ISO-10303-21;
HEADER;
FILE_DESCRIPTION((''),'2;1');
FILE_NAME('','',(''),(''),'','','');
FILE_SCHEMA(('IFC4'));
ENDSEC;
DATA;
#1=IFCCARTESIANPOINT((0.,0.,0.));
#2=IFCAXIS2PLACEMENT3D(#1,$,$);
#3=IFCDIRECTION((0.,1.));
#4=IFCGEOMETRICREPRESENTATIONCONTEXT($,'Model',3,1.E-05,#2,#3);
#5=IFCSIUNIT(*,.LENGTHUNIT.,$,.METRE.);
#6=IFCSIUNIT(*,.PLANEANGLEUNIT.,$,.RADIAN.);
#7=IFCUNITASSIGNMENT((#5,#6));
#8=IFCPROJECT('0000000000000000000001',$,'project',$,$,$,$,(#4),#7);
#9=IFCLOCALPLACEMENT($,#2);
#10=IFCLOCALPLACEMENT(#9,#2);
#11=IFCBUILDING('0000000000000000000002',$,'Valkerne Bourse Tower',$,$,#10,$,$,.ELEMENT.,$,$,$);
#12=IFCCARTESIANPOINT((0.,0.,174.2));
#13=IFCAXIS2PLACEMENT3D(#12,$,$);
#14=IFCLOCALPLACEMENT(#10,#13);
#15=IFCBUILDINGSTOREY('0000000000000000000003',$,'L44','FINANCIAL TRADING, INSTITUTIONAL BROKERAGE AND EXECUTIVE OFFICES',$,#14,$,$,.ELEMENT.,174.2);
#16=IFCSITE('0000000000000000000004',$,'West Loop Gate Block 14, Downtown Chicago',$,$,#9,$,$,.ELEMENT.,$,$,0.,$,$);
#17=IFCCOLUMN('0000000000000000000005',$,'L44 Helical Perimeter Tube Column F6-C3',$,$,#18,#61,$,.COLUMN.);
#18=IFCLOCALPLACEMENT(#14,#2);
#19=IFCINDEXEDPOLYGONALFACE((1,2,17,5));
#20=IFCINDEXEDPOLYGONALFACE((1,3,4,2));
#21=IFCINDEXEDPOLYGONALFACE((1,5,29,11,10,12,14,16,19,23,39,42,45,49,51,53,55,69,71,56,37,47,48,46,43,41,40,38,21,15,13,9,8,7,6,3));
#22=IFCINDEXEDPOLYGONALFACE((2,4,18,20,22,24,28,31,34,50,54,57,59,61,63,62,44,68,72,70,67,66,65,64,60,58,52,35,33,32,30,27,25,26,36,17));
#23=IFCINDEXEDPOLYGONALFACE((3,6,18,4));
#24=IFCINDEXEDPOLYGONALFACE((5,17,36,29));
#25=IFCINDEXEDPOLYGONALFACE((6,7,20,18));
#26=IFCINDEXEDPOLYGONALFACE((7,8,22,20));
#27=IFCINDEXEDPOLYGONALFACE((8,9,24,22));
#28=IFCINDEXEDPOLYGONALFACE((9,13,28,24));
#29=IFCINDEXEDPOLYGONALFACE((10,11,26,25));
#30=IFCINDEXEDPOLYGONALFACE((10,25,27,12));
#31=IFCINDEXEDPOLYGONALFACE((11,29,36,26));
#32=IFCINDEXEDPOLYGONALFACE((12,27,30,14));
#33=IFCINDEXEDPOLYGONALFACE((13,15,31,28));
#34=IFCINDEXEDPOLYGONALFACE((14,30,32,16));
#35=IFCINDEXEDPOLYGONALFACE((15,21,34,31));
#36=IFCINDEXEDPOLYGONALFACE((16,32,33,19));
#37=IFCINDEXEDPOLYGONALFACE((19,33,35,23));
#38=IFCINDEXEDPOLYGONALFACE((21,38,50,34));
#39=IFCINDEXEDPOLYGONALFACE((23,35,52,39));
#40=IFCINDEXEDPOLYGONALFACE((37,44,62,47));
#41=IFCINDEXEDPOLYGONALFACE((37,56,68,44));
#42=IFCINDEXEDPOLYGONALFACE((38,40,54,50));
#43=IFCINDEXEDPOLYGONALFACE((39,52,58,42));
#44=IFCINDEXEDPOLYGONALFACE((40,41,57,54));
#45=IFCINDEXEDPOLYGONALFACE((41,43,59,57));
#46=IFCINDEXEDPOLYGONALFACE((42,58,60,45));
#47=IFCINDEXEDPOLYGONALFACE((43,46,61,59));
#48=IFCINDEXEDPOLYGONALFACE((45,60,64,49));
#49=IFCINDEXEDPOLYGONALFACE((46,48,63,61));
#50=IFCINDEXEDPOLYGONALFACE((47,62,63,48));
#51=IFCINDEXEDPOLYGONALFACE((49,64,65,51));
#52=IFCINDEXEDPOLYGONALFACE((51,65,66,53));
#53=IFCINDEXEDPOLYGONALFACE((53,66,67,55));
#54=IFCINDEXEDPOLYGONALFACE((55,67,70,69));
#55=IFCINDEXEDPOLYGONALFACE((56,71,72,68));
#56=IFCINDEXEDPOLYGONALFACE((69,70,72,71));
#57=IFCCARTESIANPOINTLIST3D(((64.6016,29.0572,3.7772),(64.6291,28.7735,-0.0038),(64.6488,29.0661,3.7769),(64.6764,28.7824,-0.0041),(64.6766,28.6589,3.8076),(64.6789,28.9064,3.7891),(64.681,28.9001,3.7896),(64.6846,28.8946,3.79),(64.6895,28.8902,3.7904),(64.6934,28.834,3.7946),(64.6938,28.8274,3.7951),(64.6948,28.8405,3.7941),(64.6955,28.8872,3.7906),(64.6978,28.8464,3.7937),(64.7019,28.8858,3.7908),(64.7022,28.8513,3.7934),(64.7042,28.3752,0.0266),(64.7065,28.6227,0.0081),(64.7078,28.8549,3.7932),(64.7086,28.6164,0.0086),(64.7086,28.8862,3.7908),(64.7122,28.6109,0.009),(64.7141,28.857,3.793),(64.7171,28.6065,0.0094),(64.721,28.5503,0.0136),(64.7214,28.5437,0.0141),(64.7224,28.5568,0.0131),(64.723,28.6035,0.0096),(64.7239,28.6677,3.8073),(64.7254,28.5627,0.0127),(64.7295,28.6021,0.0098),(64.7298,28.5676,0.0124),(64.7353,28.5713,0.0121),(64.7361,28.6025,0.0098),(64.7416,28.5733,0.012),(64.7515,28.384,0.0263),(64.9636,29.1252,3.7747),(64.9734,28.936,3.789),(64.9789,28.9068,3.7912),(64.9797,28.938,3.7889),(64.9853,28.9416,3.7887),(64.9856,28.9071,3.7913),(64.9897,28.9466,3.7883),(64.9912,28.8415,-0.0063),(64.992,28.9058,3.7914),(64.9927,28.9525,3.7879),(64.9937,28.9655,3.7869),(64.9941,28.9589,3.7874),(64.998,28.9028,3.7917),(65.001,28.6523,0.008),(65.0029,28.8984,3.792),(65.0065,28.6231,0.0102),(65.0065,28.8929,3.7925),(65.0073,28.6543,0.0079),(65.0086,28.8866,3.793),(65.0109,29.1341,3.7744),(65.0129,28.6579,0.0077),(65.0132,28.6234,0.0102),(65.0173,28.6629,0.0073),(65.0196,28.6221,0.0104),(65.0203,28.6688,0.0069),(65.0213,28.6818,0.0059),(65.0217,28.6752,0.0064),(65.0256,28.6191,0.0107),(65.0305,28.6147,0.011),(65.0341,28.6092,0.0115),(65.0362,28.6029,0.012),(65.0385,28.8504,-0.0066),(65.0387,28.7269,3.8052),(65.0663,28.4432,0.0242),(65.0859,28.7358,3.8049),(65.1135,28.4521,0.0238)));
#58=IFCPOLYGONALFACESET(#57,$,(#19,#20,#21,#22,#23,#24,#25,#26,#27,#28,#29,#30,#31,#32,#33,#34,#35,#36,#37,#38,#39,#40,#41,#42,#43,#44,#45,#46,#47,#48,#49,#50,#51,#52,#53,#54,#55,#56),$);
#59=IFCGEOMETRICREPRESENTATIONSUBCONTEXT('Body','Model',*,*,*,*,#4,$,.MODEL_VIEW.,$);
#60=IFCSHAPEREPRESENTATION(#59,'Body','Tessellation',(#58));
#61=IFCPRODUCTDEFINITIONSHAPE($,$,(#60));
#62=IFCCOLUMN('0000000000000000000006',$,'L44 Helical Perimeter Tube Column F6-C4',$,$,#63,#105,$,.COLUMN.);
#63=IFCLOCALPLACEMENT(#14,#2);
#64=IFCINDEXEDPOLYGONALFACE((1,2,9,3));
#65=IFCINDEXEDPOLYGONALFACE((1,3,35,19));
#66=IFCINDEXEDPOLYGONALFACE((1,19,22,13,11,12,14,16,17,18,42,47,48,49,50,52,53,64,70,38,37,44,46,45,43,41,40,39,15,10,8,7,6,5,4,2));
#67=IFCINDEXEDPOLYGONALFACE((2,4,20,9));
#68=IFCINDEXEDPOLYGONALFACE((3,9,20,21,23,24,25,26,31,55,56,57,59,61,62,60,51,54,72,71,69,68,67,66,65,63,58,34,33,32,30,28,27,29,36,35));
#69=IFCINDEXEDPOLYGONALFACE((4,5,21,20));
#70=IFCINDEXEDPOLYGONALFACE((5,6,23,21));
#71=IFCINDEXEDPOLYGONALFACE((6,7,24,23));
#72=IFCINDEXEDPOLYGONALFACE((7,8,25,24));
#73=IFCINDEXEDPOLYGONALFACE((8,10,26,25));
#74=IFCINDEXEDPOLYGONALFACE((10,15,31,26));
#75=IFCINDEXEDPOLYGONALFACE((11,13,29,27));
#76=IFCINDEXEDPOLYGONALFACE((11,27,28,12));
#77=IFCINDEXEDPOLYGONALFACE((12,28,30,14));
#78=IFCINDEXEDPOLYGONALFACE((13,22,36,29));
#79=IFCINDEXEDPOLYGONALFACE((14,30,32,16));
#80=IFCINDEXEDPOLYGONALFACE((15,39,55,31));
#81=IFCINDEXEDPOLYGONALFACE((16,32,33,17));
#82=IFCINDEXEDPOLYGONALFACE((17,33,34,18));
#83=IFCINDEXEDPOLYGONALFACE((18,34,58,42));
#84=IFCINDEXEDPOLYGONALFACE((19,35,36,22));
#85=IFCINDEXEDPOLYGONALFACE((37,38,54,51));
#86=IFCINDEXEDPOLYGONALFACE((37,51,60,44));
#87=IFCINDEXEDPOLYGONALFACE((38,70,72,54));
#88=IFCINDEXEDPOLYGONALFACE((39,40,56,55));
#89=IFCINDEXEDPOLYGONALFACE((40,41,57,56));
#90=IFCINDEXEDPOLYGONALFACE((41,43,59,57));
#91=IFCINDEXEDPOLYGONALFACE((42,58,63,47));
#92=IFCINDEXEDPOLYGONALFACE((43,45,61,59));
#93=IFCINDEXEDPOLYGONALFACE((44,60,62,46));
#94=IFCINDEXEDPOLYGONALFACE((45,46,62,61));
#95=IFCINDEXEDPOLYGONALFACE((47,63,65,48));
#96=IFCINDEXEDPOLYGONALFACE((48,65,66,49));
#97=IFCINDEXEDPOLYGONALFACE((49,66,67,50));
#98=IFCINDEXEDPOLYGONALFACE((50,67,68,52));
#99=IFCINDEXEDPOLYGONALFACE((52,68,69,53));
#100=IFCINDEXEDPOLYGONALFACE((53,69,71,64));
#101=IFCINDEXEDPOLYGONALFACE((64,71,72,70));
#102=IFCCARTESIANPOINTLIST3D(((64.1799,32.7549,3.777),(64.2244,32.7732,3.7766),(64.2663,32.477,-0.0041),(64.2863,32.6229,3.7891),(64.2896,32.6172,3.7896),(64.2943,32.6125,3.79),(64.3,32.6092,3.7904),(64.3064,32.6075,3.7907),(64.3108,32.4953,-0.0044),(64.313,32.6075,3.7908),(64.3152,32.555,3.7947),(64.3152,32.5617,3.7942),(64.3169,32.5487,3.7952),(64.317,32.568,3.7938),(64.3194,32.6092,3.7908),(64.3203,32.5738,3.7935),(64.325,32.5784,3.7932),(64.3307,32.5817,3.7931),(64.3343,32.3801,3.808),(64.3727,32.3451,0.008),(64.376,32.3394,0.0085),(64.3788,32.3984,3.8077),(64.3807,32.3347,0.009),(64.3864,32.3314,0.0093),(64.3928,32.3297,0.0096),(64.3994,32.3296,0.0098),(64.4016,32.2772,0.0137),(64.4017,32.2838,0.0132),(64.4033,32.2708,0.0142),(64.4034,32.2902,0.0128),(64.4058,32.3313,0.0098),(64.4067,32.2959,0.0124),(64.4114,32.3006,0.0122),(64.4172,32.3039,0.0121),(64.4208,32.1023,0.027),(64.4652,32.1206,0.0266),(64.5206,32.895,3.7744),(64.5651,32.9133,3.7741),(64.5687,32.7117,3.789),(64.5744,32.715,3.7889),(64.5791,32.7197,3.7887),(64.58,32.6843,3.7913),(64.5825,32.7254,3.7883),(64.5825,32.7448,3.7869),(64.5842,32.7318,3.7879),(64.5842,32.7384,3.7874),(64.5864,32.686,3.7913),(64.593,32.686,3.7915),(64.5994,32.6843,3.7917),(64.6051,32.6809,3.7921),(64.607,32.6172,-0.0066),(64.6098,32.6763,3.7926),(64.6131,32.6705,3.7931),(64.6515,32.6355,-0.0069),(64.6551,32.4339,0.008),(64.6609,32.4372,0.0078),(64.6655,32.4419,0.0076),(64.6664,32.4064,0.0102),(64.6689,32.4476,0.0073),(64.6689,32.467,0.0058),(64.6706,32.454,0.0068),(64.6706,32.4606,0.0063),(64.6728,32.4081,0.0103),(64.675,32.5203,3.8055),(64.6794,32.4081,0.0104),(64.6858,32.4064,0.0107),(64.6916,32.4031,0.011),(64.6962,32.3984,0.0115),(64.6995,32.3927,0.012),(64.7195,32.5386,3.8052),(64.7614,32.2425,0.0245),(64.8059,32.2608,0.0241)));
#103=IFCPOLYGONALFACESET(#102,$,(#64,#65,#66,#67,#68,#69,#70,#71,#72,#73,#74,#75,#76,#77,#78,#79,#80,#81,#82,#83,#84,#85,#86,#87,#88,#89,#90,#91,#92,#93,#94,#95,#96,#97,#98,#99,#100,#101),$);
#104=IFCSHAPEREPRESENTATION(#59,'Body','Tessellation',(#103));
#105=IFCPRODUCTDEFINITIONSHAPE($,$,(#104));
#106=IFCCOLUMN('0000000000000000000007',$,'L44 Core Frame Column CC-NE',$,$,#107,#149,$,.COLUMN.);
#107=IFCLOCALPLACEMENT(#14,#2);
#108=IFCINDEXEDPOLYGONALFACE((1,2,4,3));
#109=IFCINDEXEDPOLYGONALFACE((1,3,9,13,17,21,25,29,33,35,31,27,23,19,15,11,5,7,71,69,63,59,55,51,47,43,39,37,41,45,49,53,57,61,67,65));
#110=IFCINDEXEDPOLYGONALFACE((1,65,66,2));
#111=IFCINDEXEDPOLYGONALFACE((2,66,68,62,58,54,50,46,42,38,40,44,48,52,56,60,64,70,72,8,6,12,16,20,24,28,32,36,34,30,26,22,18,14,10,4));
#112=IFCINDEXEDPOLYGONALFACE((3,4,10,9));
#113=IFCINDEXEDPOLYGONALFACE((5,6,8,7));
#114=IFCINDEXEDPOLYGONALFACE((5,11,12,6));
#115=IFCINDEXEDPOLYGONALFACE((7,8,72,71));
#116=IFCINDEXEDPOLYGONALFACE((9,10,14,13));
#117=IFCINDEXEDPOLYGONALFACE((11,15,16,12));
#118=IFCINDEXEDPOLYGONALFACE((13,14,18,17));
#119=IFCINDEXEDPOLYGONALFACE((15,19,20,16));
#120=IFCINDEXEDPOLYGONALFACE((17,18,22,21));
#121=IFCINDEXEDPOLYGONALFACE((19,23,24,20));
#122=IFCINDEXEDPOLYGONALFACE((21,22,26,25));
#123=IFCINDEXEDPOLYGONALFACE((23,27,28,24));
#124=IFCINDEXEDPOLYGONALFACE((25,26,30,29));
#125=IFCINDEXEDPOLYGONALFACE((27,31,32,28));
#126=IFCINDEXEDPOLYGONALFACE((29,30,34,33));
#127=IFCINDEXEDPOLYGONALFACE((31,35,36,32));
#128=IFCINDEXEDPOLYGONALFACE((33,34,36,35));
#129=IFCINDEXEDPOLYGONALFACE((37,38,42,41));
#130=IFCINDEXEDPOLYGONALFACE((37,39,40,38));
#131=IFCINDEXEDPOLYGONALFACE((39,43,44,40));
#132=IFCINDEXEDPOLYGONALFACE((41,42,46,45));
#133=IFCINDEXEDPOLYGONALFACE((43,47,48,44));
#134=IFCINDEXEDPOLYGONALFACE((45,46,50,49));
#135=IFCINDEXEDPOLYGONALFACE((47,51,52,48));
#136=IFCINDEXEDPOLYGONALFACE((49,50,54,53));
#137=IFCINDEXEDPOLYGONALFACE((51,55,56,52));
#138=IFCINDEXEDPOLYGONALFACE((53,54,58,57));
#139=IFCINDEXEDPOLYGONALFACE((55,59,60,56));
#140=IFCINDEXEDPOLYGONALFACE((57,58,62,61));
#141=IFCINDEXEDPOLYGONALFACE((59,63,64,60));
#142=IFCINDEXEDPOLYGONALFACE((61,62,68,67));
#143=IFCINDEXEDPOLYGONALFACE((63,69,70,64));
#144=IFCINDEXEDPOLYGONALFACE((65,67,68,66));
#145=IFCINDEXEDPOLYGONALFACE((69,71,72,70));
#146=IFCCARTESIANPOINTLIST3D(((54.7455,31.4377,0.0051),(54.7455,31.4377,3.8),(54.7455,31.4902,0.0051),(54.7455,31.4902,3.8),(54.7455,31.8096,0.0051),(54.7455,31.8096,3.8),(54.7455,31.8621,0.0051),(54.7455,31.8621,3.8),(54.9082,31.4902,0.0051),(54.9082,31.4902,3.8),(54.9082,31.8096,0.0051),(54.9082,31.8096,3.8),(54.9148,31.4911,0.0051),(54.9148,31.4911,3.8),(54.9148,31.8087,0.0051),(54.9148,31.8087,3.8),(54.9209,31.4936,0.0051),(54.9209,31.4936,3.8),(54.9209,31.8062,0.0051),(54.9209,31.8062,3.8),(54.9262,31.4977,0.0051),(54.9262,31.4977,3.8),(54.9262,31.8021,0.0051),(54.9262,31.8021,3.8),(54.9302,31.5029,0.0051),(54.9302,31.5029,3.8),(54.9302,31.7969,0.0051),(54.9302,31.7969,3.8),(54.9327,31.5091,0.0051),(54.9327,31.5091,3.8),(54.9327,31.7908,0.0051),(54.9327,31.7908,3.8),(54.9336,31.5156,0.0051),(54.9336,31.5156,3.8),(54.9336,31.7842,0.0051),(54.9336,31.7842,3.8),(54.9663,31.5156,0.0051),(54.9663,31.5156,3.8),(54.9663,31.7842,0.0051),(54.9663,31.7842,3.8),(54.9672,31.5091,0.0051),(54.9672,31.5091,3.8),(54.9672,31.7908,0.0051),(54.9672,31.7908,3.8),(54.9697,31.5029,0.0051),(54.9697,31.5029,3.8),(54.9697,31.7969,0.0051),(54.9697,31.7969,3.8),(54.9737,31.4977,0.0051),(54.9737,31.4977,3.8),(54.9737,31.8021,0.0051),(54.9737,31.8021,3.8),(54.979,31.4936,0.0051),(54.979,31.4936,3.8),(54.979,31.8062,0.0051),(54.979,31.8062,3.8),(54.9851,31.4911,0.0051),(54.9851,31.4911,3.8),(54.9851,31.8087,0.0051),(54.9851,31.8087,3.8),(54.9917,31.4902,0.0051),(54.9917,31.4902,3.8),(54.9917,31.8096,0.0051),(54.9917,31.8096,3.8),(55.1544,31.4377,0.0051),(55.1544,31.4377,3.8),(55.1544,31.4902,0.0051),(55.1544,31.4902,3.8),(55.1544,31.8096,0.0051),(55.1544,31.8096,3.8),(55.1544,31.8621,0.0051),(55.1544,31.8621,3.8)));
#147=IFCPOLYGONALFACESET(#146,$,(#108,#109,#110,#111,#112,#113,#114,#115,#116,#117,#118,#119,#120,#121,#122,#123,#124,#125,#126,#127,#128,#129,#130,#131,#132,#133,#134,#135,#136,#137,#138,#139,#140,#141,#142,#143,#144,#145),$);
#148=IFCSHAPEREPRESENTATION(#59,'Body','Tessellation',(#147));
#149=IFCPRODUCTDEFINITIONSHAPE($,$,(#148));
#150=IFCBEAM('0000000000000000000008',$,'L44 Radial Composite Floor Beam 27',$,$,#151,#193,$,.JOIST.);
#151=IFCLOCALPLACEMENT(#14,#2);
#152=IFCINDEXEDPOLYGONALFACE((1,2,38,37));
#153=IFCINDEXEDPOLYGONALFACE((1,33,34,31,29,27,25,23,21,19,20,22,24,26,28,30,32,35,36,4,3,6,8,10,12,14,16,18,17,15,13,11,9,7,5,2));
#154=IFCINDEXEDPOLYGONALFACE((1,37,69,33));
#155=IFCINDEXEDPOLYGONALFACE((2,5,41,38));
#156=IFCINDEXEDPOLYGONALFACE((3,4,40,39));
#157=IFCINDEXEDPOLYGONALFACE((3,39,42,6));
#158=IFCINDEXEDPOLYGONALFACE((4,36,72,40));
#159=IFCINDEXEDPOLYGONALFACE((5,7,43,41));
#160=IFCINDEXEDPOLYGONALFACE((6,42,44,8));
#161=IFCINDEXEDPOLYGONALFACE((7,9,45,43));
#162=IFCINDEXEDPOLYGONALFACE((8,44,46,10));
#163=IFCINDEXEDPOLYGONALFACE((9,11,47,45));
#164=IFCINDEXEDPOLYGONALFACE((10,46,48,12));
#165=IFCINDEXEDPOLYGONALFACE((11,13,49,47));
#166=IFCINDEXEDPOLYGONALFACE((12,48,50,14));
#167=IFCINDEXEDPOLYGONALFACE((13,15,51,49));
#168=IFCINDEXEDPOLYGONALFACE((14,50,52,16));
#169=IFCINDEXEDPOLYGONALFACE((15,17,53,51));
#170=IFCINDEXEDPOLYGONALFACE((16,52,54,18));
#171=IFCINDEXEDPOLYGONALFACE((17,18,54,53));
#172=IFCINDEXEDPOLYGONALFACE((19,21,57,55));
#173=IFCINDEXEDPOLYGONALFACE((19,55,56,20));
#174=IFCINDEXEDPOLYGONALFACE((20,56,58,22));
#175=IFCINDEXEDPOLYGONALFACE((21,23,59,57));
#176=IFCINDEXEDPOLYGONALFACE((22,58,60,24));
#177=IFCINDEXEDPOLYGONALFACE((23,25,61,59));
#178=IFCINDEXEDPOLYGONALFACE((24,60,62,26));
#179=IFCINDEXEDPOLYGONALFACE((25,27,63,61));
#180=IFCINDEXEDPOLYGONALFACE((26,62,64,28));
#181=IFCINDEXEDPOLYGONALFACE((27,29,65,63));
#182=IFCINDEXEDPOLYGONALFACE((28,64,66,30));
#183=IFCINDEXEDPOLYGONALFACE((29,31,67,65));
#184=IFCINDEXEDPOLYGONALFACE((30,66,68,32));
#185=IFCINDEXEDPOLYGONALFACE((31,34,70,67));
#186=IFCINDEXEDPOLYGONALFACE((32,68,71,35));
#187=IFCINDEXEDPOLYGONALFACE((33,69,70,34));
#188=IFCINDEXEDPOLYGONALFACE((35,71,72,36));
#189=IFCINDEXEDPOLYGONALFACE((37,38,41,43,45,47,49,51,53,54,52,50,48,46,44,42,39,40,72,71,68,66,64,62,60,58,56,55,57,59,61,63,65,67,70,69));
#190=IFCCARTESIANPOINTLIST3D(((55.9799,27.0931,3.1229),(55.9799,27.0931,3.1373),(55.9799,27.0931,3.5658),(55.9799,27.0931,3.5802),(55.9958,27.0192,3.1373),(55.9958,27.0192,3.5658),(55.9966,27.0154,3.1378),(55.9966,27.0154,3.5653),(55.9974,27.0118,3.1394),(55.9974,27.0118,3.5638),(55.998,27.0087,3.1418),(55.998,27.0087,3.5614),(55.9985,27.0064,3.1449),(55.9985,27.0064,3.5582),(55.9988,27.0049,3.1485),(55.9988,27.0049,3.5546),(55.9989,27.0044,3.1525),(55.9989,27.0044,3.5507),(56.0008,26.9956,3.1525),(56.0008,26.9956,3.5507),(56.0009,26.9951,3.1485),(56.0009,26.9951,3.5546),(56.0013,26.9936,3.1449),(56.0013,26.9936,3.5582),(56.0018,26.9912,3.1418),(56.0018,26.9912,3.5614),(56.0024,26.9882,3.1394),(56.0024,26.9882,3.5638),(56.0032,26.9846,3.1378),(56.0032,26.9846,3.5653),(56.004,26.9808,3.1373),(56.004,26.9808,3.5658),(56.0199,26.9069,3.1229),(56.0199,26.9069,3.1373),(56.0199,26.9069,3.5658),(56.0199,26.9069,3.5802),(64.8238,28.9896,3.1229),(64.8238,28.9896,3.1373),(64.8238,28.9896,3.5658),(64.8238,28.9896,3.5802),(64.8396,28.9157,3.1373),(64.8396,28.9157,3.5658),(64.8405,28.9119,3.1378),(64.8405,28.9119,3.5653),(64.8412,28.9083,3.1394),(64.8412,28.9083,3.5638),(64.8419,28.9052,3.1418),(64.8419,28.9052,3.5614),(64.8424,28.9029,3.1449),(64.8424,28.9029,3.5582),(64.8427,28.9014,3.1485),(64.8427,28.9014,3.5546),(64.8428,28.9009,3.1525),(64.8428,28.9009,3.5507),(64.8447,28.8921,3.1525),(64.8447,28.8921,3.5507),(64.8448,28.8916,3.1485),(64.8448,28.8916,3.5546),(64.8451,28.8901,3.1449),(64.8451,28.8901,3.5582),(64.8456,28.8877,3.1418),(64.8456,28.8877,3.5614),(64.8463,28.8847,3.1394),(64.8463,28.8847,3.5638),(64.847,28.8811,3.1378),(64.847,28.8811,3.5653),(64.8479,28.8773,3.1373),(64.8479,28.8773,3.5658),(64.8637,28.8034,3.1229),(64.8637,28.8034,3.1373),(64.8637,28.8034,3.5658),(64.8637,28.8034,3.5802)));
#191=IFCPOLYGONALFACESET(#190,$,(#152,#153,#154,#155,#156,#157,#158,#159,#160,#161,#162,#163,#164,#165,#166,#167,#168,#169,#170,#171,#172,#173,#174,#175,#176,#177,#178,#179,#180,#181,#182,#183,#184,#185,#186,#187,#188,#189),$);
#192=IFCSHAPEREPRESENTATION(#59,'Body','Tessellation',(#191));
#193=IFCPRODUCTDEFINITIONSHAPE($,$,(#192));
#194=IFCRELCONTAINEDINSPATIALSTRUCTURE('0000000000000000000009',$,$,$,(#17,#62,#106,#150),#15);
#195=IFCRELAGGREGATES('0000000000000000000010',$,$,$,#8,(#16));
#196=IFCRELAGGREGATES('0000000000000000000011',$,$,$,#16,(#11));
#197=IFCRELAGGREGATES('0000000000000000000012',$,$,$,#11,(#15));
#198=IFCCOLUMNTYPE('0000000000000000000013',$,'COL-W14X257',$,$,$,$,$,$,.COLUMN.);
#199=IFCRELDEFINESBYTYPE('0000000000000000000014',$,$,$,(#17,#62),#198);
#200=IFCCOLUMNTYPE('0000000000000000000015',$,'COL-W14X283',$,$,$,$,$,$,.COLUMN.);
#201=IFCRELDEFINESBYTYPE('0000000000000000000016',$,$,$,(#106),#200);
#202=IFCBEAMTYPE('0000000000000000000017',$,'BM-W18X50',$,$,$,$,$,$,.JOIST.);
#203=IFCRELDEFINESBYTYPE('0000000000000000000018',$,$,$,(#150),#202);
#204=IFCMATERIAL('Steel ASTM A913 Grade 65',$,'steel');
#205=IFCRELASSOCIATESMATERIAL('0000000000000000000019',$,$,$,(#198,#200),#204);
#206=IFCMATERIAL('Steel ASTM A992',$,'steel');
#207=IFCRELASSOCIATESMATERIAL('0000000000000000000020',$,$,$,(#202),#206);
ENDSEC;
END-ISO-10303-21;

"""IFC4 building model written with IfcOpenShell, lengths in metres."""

from ifc_helpers import new_model, si_unit, direction, frame, origin, origin_2d, place, context, subcontext, project, spatial, i_section, extrude, material, material_profile, profile_set, type_object, element, save


model = new_model("IFC4")

# Units and contexts
model_context = context("Model", 3, precision=1e-05, world=origin(), true_north=direction((0.0, 1.0)))
body_context = subcontext(model_context, "Body", "Model", "MODEL_VIEW")
ifc_project = project(units=[si_unit("LENGTHUNIT", "METRE"), si_unit("PLANEANGLEUNIT", "RADIAN")], contexts=[model_context])

# Site, building, storey
site_placement = place(None, origin())
site = spatial("IfcSite", under=ifc_project, at=site_placement, Name="West Loop Gate Block 14, Downtown Chicago", CompositionType="ELEMENT", RefElevation=0.0)
building_placement = place(site_placement, origin())
building = spatial("IfcBuilding", under=site, at=building_placement, Name="Valkerne Bourse Tower", CompositionType="ELEMENT")
storey_placement = place(building_placement, frame((0.0, 0.0, 174.2)))
storey = spatial("IfcBuildingStorey", under=building, at=storey_placement, Name="L44", Description="FINANCIAL TRADING, INSTITUTIONAL BROKERAGE AND EXECUTIVE OFFICES", CompositionType="ELEMENT", Elevation=174.2)

# Columns
ifc_material_1 = material(Name="Steel ASTM A913 Grade 65", Category="steel")
ifc_material_profile_1 = material_profile(ifc_material_1, i_section(OverallWidth=0.4065, OverallDepth=0.4165, WebThickness=0.0298, FlangeThickness=0.0481, FilletRadius=0.0254, at=origin_2d()), Name="W14X257")
ifc_profile_set_1 = profile_set([ifc_material_profile_1], Name="Steel ASTM A913 Grade 65")
column_type_1 = type_object("IfcColumnType", Name="COL-W14X257", PredefinedType="COLUMN", material=ifc_profile_set_1)
column_1_placement = place(storey_placement, frame((64.8713, 28.6128, 0.01), z_axis=(-0.007276, 0.074818, 0.997171), x_axis=(0.184611, -0.979956, 0.074874)))
element("IfcColumn", 1, at=column_1_placement, inside=storey, type_object=column_type_1, Name="L44 Helical Perimeter Tube Column F6-C3", PredefinedType="COLUMN", context=body_context, shape_type="SweptSolid", body=[
    extrude(i_section(OverallWidth=0.4065, OverallDepth=0.4165, WebThickness=0.0298, FlangeThickness=0.0481, FilletRadius=0.0254, at=origin_2d()), origin(), (0.0, 0.0, 1.0), 3.7917),
])
column_2_placement = place(storey_placement, frame((64.5361, 32.3689, 0.01), z_axis=(-0.02279, 0.073264, 0.997052), x_axis=(0.379867, -0.921879, 0.076424)))
element("IfcColumn", 2, at=column_2_placement, inside=storey, type_object=column_type_1, Name="L44 Helical Perimeter Tube Column F6-C4", PredefinedType="COLUMN", context=body_context, shape_type="SweptSolid", body=[
    extrude(i_section(OverallWidth=0.4065, OverallDepth=0.4165, WebThickness=0.0298, FlangeThickness=0.0481, FilletRadius=0.0254, at=origin_2d()), origin(), (0.0, 0.0, 1.0), 3.7922),
])
ifc_material_profile_2 = material_profile(ifc_material_1, i_section(OverallWidth=0.4089, OverallDepth=0.4243, WebThickness=0.0327, FlangeThickness=0.0525, FilletRadius=0.0254, at=origin_2d()), Name="W14X283")
ifc_profile_set_2 = profile_set([ifc_material_profile_2], Name="Steel ASTM A913 Grade 65")
column_type_2 = type_object("IfcColumnType", Name="COL-W14X283", PredefinedType="COLUMN", material=ifc_profile_set_2)
column_3_placement = place(storey_placement, frame((54.95, 31.6499, 0.0051), z_axis=(0.0, 0.0, 1.0), x_axis=(1.0, 0.0, 0.0)))
element("IfcColumn", 3, at=column_3_placement, inside=storey, type_object=column_type_2, Name="L44 Core Frame Column CC-NE", PredefinedType="COLUMN", context=body_context, shape_type="SweptSolid", body=[
    extrude(i_section(OverallWidth=0.4089, OverallDepth=0.4243, WebThickness=0.0327, FlangeThickness=0.0525, FilletRadius=0.0254, at=origin_2d()), origin(), (0.0, 0.0, 1.0), 3.7949),
])

# Beam
ifc_material_2 = material(Name="Steel ASTM A992", Category="steel")
ifc_material_profile_3 = material_profile(ifc_material_2, i_section(OverallWidth=0.1904, OverallDepth=0.4573, WebThickness=0.009, FlangeThickness=0.0144, FilletRadius=0.0151, at=origin_2d()), Name="W18X50")
ifc_profile_set_3 = profile_set([ifc_material_profile_3], Name="Steel ASTM A992")
beam_type_1 = type_object("IfcBeamType", Name="BM-W18X50", PredefinedType="JOIST", material=ifc_profile_set_3)
beam_placement = place(storey_placement, frame((64.8438, 28.8965, 3.3516), z_axis=(-0.977771, -0.209677, 0.0), x_axis=(0.209677, -0.977771, 0.0)))
element("IfcBeam", 4, at=beam_placement, inside=storey, type_object=beam_type_1, Name="L44 Radial Composite Floor Beam 27", PredefinedType="JOIST", context=body_context, shape_type="SweptSolid", body=[
    extrude(i_section(OverallWidth=0.1904, OverallDepth=0.4573, WebThickness=0.009, FlangeThickness=0.0144, FilletRadius=0.0151, at=origin_2d()), origin(), (0.0, 0.0, 1.0), 9.0449),
])

save(model, "model.ifc")
